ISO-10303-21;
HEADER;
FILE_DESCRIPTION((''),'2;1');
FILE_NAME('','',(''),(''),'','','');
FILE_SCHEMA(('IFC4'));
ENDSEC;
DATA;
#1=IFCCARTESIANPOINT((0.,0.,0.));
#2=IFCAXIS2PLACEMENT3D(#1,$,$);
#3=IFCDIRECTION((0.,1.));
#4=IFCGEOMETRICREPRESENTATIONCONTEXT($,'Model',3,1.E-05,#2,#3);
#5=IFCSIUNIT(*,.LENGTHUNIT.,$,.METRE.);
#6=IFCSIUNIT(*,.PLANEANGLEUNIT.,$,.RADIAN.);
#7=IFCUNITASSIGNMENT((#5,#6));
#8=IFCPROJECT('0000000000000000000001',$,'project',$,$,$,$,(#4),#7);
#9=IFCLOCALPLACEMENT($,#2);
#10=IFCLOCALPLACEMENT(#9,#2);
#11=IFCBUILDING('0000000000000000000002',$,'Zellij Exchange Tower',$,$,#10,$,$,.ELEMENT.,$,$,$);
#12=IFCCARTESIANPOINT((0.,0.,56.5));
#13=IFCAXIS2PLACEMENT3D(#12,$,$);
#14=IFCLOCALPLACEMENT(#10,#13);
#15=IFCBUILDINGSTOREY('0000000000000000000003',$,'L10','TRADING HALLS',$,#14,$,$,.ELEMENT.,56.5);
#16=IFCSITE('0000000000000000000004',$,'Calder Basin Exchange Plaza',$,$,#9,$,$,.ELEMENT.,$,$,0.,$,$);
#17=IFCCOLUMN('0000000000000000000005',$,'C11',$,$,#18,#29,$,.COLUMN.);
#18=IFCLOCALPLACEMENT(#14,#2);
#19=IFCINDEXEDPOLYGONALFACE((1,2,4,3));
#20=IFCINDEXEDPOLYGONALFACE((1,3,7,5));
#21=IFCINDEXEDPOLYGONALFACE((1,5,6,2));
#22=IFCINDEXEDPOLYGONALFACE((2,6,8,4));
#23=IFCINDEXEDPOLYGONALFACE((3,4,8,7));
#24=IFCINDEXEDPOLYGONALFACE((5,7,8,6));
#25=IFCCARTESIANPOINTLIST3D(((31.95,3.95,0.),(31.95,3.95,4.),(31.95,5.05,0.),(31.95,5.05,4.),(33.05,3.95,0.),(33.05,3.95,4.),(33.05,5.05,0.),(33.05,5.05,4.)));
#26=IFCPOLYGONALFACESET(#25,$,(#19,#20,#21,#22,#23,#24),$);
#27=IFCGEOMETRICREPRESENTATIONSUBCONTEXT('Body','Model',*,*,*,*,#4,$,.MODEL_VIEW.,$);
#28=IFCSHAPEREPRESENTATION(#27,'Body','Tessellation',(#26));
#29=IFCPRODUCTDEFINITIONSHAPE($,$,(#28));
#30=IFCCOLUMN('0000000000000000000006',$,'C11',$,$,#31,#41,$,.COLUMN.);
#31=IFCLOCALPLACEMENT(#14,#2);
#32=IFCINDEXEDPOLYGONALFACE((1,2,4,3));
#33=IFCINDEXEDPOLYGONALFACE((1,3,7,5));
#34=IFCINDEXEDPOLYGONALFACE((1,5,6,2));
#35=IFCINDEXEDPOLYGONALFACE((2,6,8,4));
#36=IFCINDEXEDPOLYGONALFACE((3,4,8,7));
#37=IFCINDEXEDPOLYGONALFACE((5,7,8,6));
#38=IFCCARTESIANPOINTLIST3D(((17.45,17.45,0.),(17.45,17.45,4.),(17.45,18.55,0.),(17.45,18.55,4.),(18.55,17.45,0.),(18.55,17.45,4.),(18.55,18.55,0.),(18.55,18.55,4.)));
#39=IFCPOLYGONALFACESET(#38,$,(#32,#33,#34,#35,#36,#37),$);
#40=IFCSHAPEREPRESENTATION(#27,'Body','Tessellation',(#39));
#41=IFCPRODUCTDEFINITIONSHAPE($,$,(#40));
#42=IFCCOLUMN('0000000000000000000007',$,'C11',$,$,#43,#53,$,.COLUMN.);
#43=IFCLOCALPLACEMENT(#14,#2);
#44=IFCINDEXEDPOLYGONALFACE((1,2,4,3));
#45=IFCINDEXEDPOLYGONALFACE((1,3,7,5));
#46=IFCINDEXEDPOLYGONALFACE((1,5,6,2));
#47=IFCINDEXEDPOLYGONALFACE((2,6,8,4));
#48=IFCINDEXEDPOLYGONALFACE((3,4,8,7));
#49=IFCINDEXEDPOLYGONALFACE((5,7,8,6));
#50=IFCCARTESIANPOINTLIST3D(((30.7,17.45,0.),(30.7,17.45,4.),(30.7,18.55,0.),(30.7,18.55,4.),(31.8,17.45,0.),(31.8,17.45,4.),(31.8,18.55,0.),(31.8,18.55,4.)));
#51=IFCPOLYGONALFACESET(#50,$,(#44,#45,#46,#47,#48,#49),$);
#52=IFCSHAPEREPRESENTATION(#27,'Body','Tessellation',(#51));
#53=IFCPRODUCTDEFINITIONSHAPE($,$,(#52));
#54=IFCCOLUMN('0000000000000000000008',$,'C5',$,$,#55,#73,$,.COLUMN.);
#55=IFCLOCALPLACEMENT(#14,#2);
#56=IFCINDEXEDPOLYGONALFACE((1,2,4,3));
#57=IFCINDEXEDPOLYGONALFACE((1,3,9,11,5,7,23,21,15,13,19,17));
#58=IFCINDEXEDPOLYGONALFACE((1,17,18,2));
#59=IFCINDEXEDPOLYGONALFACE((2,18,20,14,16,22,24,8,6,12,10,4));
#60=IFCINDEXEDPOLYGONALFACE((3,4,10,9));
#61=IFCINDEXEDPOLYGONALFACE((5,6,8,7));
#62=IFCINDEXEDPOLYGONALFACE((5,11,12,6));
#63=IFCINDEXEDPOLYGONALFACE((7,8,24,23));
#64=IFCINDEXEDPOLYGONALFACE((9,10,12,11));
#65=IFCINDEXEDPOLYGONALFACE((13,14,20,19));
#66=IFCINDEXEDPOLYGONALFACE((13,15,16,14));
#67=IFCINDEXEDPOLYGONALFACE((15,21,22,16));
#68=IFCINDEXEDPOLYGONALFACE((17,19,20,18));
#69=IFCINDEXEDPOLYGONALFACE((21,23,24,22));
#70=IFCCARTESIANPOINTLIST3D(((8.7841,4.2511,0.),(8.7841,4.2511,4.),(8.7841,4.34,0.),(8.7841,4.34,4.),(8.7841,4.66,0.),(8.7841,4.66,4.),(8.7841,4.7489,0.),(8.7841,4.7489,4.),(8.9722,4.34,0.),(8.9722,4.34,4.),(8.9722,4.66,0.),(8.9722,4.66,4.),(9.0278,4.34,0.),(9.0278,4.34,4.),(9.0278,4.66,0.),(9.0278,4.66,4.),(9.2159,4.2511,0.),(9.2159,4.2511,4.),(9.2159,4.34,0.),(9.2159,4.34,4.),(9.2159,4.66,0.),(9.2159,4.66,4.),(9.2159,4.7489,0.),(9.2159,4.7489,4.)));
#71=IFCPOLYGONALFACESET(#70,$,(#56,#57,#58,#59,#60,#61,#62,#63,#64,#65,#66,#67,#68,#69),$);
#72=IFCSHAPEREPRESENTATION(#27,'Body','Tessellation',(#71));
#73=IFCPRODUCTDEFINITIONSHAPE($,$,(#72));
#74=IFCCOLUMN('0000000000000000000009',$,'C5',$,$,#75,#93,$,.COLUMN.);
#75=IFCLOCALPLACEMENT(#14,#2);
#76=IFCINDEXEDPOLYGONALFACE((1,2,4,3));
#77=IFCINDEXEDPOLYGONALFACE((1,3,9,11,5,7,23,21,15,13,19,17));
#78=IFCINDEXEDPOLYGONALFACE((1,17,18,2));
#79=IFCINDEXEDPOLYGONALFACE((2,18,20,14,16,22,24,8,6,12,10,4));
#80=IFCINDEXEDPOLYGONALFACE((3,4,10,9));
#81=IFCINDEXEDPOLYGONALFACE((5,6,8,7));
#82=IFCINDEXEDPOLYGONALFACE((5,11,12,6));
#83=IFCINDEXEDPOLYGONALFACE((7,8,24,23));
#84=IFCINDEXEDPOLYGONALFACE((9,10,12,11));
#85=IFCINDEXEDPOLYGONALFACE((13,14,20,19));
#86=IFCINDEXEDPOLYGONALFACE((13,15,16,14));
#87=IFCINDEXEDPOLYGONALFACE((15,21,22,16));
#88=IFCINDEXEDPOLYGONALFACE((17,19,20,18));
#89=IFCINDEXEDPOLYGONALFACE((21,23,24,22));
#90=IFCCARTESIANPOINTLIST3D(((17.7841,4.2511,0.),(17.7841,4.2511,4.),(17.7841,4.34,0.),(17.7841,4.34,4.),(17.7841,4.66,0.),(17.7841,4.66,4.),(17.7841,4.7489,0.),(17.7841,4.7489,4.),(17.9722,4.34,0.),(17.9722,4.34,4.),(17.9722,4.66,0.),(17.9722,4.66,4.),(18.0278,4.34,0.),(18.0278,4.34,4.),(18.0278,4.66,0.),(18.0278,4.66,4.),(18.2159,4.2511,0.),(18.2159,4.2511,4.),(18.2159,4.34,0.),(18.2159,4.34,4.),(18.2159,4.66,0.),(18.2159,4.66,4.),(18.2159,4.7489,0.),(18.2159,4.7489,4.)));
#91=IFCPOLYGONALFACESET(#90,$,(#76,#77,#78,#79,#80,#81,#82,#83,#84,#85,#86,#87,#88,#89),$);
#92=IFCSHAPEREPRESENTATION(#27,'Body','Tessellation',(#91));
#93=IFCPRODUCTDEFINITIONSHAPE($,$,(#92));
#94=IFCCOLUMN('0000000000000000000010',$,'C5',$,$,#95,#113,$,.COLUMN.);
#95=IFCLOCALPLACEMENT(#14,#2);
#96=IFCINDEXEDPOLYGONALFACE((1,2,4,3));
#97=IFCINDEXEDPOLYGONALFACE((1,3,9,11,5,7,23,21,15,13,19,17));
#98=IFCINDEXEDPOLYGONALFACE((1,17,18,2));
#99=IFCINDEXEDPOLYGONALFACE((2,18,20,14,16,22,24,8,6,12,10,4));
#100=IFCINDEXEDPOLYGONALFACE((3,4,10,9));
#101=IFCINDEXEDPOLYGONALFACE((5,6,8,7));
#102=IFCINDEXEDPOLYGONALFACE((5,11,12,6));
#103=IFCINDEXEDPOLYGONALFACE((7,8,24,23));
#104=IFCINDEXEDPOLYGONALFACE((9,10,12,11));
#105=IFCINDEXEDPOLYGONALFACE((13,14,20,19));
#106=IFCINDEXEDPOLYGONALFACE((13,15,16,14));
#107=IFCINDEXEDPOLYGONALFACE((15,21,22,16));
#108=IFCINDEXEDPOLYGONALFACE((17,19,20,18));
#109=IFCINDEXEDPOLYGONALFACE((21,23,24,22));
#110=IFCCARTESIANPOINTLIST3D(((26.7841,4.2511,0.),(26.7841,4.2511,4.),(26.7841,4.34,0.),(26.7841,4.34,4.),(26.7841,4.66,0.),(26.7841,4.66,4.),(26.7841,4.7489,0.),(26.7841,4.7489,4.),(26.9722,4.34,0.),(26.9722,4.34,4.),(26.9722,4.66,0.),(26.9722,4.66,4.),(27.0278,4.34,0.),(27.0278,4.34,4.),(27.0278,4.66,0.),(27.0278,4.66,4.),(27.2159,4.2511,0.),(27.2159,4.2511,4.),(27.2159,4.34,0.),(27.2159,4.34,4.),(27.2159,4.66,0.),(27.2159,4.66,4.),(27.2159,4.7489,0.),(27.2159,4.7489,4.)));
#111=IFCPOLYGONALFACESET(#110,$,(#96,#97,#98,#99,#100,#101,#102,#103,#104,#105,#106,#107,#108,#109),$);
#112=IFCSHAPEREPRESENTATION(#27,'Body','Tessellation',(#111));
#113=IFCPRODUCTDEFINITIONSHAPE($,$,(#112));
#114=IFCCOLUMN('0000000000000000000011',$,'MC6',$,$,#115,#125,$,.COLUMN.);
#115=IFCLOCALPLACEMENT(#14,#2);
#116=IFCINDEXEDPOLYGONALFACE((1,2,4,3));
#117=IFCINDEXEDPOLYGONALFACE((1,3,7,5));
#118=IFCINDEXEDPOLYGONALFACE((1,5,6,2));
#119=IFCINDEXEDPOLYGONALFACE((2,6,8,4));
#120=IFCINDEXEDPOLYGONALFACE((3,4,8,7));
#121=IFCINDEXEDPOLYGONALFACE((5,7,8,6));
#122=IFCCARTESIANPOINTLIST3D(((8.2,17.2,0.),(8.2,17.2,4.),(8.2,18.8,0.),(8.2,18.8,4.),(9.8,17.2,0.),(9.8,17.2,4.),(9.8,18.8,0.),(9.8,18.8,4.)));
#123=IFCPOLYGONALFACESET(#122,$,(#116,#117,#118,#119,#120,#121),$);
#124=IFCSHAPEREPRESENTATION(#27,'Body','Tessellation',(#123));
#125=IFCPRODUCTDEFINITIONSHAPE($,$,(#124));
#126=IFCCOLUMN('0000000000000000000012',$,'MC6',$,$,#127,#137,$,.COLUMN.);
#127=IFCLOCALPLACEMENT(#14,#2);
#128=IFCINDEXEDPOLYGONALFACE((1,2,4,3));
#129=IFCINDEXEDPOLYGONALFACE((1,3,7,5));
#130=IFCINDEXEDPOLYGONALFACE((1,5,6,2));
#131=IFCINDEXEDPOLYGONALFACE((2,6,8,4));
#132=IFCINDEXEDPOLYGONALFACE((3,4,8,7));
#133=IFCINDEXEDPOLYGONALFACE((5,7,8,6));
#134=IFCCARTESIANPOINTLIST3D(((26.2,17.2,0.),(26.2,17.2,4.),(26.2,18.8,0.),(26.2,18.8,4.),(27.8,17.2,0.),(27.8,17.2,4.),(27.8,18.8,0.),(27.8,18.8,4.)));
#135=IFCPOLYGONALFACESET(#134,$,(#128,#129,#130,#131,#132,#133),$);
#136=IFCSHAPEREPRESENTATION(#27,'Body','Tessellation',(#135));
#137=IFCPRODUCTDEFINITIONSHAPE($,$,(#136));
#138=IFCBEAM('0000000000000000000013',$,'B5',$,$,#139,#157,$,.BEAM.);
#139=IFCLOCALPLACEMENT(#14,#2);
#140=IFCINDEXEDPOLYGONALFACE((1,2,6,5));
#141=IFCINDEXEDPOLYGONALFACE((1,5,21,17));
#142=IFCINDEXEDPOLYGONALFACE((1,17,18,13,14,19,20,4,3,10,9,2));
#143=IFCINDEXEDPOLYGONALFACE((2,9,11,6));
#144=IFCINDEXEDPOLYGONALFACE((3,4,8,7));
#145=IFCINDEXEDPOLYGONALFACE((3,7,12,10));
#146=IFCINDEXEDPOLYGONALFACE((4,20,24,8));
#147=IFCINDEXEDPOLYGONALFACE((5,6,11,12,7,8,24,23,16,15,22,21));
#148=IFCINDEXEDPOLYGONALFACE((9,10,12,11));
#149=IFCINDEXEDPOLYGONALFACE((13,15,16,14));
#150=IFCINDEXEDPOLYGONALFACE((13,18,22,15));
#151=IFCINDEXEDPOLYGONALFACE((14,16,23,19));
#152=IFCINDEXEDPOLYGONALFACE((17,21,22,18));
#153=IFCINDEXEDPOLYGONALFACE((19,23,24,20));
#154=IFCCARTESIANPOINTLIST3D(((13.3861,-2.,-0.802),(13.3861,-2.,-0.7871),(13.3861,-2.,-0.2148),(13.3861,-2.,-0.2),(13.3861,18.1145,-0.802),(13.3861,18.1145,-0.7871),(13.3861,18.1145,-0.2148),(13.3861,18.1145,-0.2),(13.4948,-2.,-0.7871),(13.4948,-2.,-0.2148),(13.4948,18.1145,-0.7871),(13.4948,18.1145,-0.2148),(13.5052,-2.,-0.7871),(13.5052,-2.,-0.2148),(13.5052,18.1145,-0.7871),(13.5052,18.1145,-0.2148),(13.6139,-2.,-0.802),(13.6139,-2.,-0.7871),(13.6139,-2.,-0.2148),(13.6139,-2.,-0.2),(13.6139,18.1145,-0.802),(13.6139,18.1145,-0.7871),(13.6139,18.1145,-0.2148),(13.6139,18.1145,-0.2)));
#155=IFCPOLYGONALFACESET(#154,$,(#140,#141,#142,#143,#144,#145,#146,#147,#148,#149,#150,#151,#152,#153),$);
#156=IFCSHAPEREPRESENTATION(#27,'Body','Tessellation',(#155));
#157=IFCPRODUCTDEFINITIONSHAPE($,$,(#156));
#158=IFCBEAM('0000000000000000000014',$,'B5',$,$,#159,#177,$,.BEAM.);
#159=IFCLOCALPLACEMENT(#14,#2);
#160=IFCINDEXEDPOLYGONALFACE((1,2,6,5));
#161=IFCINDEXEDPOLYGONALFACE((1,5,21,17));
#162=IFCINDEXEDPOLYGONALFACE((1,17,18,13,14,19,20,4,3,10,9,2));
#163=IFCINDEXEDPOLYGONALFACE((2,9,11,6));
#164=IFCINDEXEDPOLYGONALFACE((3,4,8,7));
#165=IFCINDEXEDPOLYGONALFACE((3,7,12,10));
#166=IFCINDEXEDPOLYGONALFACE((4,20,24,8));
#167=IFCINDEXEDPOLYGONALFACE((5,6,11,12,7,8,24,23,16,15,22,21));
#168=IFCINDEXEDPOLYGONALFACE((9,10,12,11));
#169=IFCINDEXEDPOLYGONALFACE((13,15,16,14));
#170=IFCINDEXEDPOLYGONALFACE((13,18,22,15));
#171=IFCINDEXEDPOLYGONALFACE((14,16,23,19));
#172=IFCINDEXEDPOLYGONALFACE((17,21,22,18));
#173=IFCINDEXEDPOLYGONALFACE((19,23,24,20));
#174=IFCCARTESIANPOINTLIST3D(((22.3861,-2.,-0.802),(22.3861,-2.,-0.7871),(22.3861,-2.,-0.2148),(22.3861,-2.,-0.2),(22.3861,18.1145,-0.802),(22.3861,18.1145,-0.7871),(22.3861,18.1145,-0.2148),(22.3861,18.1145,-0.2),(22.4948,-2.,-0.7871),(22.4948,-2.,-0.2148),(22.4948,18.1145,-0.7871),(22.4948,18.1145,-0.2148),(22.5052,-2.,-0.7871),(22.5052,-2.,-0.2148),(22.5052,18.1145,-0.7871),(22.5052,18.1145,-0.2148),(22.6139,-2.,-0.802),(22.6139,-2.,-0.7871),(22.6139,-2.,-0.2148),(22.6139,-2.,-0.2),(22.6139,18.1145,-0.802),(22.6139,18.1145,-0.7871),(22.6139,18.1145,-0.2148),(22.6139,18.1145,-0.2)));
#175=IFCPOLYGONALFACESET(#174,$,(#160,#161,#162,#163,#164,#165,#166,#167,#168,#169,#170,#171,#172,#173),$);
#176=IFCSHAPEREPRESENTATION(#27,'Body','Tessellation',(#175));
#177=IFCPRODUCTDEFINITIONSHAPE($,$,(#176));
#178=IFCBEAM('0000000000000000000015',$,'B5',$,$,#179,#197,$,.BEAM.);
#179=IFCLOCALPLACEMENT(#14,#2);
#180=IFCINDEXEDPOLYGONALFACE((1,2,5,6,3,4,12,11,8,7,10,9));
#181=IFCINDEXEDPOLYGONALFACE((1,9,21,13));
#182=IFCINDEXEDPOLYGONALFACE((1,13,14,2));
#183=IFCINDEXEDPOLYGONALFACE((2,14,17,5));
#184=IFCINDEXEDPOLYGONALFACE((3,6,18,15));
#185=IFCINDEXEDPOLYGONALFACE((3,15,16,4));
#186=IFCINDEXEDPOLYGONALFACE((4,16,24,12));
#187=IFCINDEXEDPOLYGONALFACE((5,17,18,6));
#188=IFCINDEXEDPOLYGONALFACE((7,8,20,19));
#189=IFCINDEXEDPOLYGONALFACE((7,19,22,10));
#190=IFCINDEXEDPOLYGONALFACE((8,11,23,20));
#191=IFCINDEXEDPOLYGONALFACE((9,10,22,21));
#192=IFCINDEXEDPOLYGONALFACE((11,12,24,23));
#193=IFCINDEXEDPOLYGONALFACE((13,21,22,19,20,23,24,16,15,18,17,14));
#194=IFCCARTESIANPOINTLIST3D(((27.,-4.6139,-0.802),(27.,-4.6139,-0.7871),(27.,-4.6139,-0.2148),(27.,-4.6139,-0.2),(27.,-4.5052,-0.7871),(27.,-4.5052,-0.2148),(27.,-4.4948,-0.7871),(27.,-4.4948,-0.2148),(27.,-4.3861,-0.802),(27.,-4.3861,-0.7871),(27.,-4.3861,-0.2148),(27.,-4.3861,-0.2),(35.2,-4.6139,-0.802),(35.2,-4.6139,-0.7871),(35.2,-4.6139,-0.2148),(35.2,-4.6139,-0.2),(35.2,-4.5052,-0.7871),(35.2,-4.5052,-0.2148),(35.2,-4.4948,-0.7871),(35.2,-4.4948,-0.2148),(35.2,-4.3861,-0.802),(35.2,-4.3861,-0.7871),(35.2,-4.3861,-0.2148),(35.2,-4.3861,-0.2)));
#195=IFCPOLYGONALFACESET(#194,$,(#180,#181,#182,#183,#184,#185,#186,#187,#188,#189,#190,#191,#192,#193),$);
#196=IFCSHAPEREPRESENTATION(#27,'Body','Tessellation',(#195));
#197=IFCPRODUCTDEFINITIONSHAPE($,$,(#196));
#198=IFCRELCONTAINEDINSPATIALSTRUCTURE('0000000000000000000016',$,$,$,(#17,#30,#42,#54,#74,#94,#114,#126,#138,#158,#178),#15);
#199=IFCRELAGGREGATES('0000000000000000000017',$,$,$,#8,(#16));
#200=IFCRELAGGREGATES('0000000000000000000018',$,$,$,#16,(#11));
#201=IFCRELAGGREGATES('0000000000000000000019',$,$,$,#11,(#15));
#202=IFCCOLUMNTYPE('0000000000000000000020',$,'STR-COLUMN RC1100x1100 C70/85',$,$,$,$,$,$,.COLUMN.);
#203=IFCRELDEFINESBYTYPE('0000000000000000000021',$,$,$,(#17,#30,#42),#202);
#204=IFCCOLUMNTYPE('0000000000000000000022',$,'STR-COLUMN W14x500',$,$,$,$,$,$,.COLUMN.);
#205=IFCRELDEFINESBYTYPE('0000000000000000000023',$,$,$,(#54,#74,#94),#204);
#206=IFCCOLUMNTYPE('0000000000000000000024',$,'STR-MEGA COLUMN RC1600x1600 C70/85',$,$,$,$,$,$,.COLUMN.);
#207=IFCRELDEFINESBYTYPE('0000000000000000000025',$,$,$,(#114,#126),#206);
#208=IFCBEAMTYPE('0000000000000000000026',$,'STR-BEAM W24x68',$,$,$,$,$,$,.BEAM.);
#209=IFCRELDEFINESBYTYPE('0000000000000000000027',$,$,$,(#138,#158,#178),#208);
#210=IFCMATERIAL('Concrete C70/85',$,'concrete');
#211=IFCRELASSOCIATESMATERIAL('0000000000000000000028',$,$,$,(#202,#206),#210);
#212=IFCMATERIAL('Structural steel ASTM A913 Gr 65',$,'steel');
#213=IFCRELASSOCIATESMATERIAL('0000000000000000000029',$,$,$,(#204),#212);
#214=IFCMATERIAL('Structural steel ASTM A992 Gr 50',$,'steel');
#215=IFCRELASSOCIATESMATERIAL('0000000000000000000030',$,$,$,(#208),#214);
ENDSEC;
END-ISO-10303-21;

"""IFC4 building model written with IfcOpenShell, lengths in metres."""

from ifc_helpers import new_model, si_unit, direction, frame, origin, origin_2d, place, context, subcontext, project, spatial, rectangle, i_section, extrude, material, material_profile, profile_set, type_object, element, save


model = new_model("IFC4")

# Units and contexts
model_context = context("Model", 3, precision=1e-05, world=origin(), true_north=direction((0.0, 1.0)))
body_context = subcontext(model_context, "Body", "Model", "MODEL_VIEW")
ifc_project = project(units=[si_unit("LENGTHUNIT", "METRE"), si_unit("PLANEANGLEUNIT", "RADIAN")], contexts=[model_context])

# Site, building, storey
site_placement = place(None, origin())
site = spatial("IfcSite", under=ifc_project, at=site_placement, Name="Calder Basin Exchange Plaza", CompositionType="ELEMENT", RefElevation=0.0)
building_placement = place(site_placement, origin())
building = spatial("IfcBuilding", under=site, at=building_placement, Name="Zellij Exchange Tower", CompositionType="ELEMENT")
storey_placement = place(building_placement, frame((0.0, 0.0, 56.5)))
storey = spatial("IfcBuildingStorey", under=building, at=storey_placement, Name="L10", Description="TRADING HALLS", CompositionType="ELEMENT", Elevation=56.5)

# Columns
ifc_material_1 = material(Name="Concrete C70/85", Category="concrete")
ifc_material_profile_1 = material_profile(ifc_material_1, rectangle(XDim=1.1001, YDim=1.1001, at=origin_2d()), Name="STR-COLUMN RC1100x1100 C70/85")
ifc_profile_set_1 = profile_set([ifc_material_profile_1], Name="Concrete C70/85")
column_type_1 = type_object("IfcColumnType", Name="STR-COLUMN RC1100x1100 C70/85", PredefinedType="COLUMN", material=ifc_profile_set_1)
for number, where, z_axis, x_axis, name in (
    (1, (32.5, 4.5, 0.0), (0.0, 0.0, 1.0), (1.0, 0.0, 0.0), "C11"),
    (2, (18.0, 18.0, 0.0), (0.0, 0.0, 1.0), (1.0, 0.0, 0.0), "C11"),
    (3, (31.25, 18.0, 0.0), (0.0, 0.0, 1.0), (1.0, 0.0, 0.0), "C11"),
):
    element("IfcColumn", number, at=place(storey_placement, frame(where, z_axis=z_axis, x_axis=x_axis)), inside=storey, type_object=column_type_1, Name=name, PredefinedType="COLUMN", context=body_context, shape_type="SweptSolid", body=[
        extrude(rectangle(XDim=1.1001, YDim=1.1001, at=origin_2d()), origin(), (0.0, 0.0, 1.0), 4.0),
    ])
ifc_material_2 = material(Name="Structural steel ASTM A913 Gr 65", Category="steel")
ifc_material_profile_2 = material_profile(ifc_material_2, i_section(OverallWidth=0.4319, OverallDepth=0.4978, WebThickness=0.0557, FlangeThickness=0.0889, at=origin_2d()), Name="W14x500")
ifc_profile_set_2 = profile_set([ifc_material_profile_2], Name="Structural steel ASTM A913 Gr 65")
column_type_2 = type_object("IfcColumnType", Name="STR-COLUMN W14x500", PredefinedType="COLUMN", material=ifc_profile_set_2)
for number, where, z_axis, x_axis, name in (
    (4, (9.0, 4.5, 0.0), (0.0, 0.0, 1.0), (1.0, 0.0, 0.0), "C5"),
    (5, (18.0, 4.5, 0.0), (0.0, 0.0, 1.0), (1.0, 0.0, 0.0), "C5"),
    (6, (27.0, 4.5, 0.0), (0.0, 0.0, 1.0), (1.0, 0.0, 0.0), "C5"),
):
    element("IfcColumn", number, at=place(storey_placement, frame(where, z_axis=z_axis, x_axis=x_axis)), inside=storey, type_object=column_type_2, Name=name, PredefinedType="COLUMN", context=body_context, shape_type="SweptSolid", body=[
        extrude(i_section(OverallWidth=0.4319, OverallDepth=0.4978, WebThickness=0.0557, FlangeThickness=0.0889, at=origin_2d()), origin(), (0.0, 0.0, 1.0), 4.0),
    ])
ifc_material_profile_3 = material_profile(ifc_material_1, rectangle(XDim=1.6001, YDim=1.6001, at=origin_2d()), Name="STR-MEGA COLUMN RC1600x1600 C70/85")
ifc_profile_set_3 = profile_set([ifc_material_profile_3], Name="Concrete C70/85")
column_type_3 = type_object("IfcColumnType", Name="STR-MEGA COLUMN RC1600x1600 C70/85", PredefinedType="COLUMN", material=ifc_profile_set_3)
for number, where, z_axis, x_axis, name in (
    (7, (9.0, 18.0, 0.0), (0.0, 0.0, 1.0), (1.0, 0.0, 0.0), "MC6"),
    (8, (27.0, 18.0, 0.0), (0.0, 0.0, 1.0), (1.0, 0.0, 0.0), "MC6"),
):
    element("IfcColumn", number, at=place(storey_placement, frame(where, z_axis=z_axis, x_axis=x_axis)), inside=storey, type_object=column_type_3, Name=name, PredefinedType="COLUMN", context=body_context, shape_type="SweptSolid", body=[
        extrude(rectangle(XDim=1.6001, YDim=1.6001, at=origin_2d()), origin(), (0.0, 0.0, 1.0), 4.0),
    ])

# Beams
ifc_material_3 = material(Name="Structural steel ASTM A992 Gr 50", Category="steel")
ifc_material_profile_4 = material_profile(ifc_material_3, i_section(OverallWidth=0.2278, OverallDepth=0.6021, WebThickness=0.0105, FlangeThickness=0.0149, at=origin_2d()), Name="W24x68")
ifc_profile_set_4 = profile_set([ifc_material_profile_4], Name="Structural steel ASTM A992 Gr 50")
beam_type_1 = type_object("IfcBeamType", Name="STR-BEAM W24x68", PredefinedType="BEAM", material=ifc_profile_set_4)
for number, where, z_axis, x_axis, name in (
    (9, (13.5, -2.0, -0.501), (0.0, 1.0, 0.0), (-1.0, 0.0, 0.0), "B5"),
    (10, (22.5, -2.0, -0.501), (0.0, 1.0, 0.0), (-1.0, 0.0, 0.0), "B5"),
):
    element("IfcBeam", number, at=place(storey_placement, frame(where, z_axis=z_axis, x_axis=x_axis)), inside=storey, type_object=beam_type_1, Name=name, PredefinedType="BEAM", context=body_context, shape_type="SweptSolid", body=[
        extrude(i_section(OverallWidth=0.2278, OverallDepth=0.6021, WebThickness=0.0105, FlangeThickness=0.0149, at=origin_2d()), origin(), (0.0, 0.0, 1.0), 20.1145),
    ])
for number, where, z_axis, x_axis, name in (
    (11, (27.0, -4.5, -0.501), (1.0, 0.0, 0.0), (0.0, 1.0, 0.0), "B5"),
):
    element("IfcBeam", number, at=place(storey_placement, frame(where, z_axis=z_axis, x_axis=x_axis)), inside=storey, type_object=beam_type_1, Name=name, PredefinedType="BEAM", context=body_context, shape_type="SweptSolid", body=[
        extrude(i_section(OverallWidth=0.2278, OverallDepth=0.6021, WebThickness=0.0105, FlangeThickness=0.0149, at=origin_2d()), origin(), (0.0, 0.0, 1.0), 8.2),
    ])

save(model, "model.ifc")
